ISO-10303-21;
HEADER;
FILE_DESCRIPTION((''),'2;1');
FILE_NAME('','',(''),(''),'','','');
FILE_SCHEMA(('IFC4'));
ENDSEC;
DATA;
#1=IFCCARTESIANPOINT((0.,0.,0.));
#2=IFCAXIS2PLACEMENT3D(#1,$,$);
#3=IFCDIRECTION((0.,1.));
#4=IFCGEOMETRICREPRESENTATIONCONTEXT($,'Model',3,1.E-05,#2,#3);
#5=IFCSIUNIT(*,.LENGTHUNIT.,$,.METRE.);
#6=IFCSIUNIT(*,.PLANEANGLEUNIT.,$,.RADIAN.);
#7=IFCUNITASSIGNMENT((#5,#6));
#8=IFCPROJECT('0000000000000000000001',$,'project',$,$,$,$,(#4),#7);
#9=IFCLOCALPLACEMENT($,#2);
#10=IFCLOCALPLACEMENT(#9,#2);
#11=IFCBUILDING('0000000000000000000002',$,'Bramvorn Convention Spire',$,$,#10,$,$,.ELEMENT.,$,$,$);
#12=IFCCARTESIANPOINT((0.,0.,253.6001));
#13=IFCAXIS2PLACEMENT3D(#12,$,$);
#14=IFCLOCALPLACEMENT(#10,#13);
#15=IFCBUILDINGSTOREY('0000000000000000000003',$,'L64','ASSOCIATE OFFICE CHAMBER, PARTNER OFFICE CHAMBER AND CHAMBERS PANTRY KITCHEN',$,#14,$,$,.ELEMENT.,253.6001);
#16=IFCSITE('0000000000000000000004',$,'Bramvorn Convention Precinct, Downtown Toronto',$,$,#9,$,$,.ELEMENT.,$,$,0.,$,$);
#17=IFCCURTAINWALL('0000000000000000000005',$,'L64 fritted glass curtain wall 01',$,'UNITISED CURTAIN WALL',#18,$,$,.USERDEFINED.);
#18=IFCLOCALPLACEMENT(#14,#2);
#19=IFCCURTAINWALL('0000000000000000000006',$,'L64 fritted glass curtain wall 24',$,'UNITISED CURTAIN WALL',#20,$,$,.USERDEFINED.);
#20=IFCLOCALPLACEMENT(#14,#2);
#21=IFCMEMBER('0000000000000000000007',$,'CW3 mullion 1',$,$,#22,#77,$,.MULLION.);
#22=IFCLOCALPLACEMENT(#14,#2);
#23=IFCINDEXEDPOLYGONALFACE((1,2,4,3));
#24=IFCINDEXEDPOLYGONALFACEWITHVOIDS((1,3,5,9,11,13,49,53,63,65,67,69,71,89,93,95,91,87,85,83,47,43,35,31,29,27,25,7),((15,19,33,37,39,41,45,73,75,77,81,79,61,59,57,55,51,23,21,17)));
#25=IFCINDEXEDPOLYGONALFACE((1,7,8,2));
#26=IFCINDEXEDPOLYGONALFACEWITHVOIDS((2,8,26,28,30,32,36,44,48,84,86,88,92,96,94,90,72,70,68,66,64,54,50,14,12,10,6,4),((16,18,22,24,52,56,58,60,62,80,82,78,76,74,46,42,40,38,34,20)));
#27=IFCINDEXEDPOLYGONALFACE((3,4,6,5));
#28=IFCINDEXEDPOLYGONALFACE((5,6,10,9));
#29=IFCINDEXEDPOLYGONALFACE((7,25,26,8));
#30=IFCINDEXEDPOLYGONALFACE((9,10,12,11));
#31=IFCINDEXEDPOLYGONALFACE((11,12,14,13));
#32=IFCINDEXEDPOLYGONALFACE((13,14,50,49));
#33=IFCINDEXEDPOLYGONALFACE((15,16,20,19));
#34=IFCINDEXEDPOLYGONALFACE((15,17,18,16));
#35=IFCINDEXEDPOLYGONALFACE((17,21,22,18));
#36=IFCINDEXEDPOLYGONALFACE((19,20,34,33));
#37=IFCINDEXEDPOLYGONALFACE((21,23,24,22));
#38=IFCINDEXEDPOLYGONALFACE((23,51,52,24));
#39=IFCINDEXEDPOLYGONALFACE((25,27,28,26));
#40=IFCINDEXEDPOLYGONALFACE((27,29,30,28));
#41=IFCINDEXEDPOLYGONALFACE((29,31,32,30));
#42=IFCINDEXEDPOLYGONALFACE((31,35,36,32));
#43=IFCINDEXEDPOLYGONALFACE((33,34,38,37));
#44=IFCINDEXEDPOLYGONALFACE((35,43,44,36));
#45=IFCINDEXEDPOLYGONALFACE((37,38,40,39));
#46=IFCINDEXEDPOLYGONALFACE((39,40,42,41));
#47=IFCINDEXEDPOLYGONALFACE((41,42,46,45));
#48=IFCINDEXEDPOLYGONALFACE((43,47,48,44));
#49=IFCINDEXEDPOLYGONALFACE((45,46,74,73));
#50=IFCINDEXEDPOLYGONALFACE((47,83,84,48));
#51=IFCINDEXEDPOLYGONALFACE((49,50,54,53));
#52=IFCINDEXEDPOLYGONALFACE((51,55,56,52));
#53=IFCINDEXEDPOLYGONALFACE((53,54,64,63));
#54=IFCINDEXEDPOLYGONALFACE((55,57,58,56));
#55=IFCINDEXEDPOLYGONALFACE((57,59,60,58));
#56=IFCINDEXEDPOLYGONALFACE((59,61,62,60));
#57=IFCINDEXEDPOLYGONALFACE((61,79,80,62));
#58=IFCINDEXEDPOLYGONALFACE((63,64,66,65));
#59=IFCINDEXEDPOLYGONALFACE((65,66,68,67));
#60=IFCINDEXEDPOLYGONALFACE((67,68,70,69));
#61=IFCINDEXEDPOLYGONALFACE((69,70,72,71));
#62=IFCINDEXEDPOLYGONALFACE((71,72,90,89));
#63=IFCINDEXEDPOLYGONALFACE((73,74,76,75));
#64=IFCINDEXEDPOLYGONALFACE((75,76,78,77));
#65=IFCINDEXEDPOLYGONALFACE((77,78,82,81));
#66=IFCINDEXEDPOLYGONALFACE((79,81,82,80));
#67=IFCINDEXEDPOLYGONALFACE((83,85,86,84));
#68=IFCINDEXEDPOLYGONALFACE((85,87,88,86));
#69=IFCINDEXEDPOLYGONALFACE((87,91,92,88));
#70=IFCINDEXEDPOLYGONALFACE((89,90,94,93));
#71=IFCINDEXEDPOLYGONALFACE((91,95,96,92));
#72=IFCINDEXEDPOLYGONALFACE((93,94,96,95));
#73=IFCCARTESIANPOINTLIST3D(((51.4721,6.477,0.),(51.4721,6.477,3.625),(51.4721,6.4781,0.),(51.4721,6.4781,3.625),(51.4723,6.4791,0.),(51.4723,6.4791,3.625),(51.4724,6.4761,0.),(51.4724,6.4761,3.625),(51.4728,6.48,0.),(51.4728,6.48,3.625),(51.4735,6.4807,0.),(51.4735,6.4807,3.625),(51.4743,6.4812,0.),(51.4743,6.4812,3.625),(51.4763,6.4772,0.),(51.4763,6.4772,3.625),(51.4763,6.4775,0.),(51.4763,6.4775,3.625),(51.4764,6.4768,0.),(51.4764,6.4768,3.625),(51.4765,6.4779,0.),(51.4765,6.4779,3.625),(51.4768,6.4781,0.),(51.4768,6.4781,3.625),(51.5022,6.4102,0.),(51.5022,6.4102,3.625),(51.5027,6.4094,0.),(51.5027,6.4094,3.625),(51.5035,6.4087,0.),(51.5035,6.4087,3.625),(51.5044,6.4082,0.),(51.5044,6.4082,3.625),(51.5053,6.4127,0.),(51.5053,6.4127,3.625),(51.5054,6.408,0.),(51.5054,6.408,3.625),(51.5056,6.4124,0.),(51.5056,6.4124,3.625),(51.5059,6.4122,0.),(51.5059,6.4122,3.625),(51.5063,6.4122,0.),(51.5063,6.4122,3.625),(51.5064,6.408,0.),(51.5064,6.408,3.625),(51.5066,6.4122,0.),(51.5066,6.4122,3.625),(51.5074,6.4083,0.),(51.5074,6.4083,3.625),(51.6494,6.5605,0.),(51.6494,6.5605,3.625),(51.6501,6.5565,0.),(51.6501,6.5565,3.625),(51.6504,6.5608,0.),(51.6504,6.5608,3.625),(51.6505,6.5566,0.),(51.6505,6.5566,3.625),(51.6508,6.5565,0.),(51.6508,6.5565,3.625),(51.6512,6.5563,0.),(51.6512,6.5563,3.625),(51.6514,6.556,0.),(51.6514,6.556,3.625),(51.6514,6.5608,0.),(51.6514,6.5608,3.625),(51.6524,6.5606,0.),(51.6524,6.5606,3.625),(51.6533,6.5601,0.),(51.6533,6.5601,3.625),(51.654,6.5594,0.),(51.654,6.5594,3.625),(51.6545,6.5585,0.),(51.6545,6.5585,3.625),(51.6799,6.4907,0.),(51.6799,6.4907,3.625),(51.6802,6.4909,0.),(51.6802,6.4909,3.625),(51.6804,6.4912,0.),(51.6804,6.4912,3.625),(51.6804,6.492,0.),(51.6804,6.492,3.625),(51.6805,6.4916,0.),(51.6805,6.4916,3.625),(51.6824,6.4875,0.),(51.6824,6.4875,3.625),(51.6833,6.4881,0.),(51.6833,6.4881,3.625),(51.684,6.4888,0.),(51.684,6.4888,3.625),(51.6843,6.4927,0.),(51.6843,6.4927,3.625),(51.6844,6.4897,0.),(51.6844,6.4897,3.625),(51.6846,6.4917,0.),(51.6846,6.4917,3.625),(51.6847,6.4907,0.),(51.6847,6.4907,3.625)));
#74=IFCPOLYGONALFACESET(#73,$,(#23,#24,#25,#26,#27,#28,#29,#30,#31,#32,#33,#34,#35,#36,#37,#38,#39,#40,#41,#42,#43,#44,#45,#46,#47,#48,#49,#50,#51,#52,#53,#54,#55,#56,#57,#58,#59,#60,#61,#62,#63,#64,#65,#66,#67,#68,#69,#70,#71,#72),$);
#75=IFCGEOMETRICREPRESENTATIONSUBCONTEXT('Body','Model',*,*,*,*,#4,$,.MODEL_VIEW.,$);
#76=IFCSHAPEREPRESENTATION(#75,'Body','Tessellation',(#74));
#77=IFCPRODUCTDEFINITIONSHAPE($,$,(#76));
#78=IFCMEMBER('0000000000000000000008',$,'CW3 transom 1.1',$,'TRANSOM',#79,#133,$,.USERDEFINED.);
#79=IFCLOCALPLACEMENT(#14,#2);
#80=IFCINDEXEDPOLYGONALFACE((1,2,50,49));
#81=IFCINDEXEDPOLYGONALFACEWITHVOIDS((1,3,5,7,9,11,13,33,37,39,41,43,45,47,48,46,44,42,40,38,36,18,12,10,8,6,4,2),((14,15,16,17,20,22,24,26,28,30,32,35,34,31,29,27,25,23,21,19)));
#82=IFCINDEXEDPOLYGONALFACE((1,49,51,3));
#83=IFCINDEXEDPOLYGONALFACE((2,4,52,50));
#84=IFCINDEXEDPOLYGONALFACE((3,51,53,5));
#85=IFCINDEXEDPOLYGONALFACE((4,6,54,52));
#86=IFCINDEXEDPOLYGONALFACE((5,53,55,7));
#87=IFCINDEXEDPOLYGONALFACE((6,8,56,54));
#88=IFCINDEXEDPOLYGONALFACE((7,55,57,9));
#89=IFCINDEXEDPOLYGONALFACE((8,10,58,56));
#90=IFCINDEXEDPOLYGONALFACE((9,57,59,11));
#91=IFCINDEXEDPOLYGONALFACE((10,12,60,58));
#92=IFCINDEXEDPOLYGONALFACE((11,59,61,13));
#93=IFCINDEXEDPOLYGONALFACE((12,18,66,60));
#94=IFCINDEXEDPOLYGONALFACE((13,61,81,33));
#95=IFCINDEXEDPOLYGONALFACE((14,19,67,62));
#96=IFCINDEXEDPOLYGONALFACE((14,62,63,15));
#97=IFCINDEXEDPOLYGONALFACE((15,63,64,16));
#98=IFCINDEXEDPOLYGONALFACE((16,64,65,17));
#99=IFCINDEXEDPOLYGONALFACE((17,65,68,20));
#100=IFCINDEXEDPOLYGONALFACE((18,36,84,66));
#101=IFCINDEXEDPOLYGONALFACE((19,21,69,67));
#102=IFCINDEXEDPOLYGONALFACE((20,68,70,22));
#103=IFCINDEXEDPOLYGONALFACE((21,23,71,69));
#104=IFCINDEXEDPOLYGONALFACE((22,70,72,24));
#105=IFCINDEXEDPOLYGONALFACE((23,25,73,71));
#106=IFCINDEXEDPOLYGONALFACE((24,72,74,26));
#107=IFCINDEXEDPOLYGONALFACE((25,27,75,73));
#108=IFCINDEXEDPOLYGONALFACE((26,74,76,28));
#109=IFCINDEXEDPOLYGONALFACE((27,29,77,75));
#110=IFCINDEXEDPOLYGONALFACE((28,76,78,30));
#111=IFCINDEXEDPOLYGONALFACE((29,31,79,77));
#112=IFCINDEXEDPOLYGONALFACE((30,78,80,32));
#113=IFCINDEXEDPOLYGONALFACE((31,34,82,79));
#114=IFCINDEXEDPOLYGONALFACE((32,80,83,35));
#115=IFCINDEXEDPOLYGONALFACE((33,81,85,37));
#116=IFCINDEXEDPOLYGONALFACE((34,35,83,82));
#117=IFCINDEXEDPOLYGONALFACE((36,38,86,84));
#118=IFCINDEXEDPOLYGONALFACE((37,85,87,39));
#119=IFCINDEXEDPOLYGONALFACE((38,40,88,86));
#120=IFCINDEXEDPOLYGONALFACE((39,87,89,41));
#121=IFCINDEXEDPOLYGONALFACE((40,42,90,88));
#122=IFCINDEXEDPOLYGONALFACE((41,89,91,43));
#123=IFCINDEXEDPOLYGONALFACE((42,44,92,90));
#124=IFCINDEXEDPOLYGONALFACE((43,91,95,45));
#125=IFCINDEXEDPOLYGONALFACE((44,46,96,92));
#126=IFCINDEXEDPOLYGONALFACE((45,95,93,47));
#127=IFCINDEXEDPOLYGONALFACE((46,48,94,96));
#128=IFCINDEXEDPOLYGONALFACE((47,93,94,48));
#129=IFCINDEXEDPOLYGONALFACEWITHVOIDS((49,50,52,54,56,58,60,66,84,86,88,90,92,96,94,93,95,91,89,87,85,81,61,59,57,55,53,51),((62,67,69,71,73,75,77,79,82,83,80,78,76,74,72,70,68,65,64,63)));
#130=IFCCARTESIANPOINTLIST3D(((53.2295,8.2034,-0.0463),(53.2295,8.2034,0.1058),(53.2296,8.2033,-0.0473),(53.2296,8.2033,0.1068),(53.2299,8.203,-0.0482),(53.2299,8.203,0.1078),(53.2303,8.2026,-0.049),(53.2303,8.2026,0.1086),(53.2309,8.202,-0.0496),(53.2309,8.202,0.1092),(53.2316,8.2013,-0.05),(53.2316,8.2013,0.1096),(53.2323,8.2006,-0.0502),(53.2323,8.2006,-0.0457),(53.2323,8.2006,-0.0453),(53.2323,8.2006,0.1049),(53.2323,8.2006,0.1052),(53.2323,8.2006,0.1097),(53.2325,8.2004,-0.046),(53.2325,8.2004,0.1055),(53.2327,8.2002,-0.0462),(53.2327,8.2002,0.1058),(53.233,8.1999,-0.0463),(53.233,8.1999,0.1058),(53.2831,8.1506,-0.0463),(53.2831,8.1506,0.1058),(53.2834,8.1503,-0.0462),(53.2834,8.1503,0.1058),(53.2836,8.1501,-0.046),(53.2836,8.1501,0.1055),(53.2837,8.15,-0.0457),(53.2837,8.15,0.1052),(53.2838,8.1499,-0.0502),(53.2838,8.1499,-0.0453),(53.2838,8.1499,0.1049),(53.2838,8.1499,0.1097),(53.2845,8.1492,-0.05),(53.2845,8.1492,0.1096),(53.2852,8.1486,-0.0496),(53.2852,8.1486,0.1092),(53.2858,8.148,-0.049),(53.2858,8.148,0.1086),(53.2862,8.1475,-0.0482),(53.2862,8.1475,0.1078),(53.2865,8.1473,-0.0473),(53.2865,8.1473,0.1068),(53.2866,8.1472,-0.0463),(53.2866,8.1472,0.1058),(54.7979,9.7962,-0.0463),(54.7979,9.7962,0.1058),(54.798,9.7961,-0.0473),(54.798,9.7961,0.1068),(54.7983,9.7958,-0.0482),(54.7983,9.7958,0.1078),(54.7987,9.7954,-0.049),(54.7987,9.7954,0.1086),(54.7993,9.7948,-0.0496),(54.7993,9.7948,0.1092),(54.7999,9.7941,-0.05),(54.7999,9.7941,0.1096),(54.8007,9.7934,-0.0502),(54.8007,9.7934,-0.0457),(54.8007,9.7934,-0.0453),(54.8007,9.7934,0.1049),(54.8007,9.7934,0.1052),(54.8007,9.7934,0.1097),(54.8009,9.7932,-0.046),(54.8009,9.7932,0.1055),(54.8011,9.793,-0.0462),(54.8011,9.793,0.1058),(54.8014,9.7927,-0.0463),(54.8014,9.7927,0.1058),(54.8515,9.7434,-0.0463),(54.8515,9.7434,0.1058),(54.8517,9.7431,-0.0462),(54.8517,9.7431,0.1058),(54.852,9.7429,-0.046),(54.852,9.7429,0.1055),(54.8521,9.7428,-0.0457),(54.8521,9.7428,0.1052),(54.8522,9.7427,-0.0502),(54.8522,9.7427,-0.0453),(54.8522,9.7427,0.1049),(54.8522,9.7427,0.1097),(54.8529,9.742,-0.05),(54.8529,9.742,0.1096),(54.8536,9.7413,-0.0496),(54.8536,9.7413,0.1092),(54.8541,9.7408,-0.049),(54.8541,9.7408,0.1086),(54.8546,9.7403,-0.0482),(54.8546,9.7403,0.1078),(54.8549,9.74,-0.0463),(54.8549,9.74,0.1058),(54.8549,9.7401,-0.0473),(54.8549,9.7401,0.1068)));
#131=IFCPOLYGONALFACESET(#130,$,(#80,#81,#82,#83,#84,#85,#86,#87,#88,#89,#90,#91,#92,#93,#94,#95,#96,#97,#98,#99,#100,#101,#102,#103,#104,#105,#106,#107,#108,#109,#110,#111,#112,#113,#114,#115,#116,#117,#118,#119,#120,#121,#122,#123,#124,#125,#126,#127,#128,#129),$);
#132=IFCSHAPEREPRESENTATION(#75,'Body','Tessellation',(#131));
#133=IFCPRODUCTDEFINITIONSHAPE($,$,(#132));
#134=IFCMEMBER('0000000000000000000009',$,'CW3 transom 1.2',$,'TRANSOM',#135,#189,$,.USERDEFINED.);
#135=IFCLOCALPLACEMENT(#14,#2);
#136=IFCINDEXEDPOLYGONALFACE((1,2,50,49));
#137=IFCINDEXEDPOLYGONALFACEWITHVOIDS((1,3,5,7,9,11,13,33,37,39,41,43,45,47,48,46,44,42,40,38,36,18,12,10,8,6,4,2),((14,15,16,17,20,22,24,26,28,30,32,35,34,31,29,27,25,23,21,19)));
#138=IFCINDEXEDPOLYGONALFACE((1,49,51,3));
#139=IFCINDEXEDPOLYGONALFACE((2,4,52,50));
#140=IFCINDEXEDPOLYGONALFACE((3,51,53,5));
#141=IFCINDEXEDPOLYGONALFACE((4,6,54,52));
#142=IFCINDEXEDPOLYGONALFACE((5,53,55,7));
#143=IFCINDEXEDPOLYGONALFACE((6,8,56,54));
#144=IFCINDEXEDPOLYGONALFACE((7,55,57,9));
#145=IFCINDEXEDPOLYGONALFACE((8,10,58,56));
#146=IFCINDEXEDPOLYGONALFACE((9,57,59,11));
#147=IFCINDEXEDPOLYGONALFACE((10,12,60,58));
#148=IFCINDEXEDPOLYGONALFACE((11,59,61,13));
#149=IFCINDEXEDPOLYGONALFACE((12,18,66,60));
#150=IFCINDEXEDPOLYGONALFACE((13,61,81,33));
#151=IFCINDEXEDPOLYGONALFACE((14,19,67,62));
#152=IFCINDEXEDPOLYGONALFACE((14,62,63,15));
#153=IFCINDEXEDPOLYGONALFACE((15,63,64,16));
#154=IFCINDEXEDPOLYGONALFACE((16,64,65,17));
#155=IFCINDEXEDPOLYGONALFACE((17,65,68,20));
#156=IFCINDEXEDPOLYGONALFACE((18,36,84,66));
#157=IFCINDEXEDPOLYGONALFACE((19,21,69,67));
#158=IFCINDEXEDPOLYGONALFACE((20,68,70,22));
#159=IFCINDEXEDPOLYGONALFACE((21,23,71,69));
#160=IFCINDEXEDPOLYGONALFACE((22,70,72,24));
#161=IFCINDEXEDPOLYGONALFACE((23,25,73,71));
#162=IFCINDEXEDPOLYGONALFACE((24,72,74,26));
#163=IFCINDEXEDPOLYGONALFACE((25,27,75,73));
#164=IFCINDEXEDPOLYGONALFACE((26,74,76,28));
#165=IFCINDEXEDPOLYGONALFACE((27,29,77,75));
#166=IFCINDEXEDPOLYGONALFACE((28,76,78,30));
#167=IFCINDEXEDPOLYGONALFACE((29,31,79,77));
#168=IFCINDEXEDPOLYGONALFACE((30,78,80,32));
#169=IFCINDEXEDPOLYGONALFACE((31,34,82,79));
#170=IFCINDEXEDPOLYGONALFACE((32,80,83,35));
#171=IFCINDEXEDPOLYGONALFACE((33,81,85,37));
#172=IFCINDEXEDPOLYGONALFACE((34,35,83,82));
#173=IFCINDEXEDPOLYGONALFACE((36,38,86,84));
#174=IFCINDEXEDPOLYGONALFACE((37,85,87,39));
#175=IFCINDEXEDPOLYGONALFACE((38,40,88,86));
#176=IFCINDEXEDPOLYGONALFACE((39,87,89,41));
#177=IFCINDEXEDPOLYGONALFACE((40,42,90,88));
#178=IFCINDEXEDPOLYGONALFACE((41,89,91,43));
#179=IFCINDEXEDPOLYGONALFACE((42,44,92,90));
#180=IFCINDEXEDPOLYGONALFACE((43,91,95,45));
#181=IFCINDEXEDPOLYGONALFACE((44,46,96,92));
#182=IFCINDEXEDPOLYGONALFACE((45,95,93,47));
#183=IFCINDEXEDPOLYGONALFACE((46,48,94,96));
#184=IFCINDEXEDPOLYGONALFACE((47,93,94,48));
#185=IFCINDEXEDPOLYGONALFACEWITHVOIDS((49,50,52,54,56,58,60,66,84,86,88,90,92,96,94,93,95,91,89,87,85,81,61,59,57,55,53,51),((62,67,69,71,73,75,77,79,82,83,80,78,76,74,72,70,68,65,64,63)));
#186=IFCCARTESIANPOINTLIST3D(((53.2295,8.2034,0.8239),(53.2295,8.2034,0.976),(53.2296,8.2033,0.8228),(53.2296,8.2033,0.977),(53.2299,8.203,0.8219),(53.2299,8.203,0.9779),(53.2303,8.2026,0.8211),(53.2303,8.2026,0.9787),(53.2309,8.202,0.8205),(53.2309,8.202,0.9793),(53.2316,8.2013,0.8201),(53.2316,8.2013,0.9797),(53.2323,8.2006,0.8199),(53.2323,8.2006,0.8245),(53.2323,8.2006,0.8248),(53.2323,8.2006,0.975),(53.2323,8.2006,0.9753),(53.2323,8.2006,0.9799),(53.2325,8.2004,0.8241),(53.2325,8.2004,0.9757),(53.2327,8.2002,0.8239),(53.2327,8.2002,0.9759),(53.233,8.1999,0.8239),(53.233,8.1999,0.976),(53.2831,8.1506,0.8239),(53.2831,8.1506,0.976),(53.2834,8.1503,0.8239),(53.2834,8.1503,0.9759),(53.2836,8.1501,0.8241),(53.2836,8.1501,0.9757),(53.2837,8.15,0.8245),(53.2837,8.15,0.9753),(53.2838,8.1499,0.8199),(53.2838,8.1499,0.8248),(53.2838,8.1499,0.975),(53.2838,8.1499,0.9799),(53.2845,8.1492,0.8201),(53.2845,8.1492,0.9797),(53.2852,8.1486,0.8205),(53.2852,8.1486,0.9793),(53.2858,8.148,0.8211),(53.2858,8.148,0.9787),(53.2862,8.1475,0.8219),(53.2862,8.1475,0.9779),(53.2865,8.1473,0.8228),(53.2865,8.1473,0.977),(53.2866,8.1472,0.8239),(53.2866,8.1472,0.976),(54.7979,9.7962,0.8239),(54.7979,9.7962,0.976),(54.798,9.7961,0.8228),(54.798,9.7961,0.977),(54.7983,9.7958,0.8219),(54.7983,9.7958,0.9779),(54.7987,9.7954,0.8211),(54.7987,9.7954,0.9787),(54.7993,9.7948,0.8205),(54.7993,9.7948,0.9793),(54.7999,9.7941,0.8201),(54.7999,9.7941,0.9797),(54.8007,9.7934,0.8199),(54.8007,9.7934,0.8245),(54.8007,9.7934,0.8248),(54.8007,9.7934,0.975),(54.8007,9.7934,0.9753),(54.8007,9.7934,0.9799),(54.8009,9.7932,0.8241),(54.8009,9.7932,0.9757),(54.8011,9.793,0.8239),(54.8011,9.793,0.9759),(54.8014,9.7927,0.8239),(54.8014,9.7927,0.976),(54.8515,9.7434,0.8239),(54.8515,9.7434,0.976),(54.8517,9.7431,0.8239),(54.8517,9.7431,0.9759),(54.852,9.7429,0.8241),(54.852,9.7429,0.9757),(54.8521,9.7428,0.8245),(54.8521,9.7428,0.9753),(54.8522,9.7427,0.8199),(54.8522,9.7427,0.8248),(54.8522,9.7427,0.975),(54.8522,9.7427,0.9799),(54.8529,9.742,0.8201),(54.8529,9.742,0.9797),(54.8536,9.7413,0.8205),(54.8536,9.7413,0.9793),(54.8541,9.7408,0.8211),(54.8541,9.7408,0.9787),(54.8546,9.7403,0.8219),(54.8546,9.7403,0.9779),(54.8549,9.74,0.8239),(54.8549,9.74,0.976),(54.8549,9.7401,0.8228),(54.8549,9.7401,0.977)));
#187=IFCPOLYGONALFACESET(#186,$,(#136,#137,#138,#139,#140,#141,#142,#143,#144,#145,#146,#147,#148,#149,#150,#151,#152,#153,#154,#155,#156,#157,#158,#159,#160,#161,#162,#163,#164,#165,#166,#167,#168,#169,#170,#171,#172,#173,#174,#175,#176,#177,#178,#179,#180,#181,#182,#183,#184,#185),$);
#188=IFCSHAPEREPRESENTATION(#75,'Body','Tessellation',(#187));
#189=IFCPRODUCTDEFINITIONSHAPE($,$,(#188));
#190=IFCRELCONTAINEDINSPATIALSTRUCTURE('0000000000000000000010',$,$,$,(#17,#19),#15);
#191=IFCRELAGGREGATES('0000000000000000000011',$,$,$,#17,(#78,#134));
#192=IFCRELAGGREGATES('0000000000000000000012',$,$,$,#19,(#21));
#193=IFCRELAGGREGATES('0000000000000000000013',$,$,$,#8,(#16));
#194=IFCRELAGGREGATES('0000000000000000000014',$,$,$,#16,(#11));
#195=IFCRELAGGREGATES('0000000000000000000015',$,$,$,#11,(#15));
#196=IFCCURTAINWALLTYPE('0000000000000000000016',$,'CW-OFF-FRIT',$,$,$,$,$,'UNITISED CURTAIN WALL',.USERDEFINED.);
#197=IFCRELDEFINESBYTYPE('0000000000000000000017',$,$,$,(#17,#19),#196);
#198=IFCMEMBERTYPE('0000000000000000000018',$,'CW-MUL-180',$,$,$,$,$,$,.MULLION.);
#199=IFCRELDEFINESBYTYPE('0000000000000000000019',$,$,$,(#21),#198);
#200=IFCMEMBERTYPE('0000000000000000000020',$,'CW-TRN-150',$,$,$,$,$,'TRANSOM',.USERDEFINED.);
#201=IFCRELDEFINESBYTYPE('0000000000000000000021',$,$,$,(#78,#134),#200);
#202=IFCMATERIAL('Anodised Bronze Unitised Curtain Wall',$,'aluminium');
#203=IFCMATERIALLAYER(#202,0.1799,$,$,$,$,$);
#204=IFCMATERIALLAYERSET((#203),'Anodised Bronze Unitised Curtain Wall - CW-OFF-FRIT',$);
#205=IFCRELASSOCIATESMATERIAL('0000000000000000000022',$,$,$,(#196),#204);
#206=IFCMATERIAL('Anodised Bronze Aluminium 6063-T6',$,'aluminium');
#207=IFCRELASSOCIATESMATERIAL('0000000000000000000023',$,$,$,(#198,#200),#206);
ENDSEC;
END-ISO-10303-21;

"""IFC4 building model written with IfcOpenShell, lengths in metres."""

from ifc_helpers import new_model, si_unit, direction, frame, origin, origin_2d, place, context, subcontext, project, spatial, hollow_rectangle, extrude, material, layer, layer_set, material_profile, profile_set, type_object, element, aggregate, save


model = new_model("IFC4")

# Units and contexts
model_context = context("Model", 3, precision=1e-05, world=origin(), true_north=direction((0.0, 1.0)))
body_context = subcontext(model_context, "Body", "Model", "MODEL_VIEW")
ifc_project = project(units=[si_unit("LENGTHUNIT", "METRE"), si_unit("PLANEANGLEUNIT", "RADIAN")], contexts=[model_context])

# Site, building, storey
site_placement = place(None, origin())
site = spatial("IfcSite", under=ifc_project, at=site_placement, Name="Bramvorn Convention Precinct, Downtown Toronto", CompositionType="ELEMENT", RefElevation=0.0)
building_placement = place(site_placement, origin())
building = spatial("IfcBuilding", under=site, at=building_placement, Name="Bramvorn Convention Spire", CompositionType="ELEMENT")
storey_placement = place(building_placement, frame((0.0, 0.0, 253.6001)))
storey = spatial("IfcBuildingStorey", under=building, at=storey_placement, Name="L64", Description="ASSOCIATE OFFICE CHAMBER, PARTNER OFFICE CHAMBER AND CHAMBERS PANTRY KITCHEN", CompositionType="ELEMENT", Elevation=253.6001)

# Curtain wall
ifc_material_1 = material(Name="Anodised Bronze Unitised Curtain Wall", Category="aluminium")
ifc_layer_1 = layer(ifc_material_1, 0.1799)
ifc_layer_set_1 = layer_set([ifc_layer_1], Name="Anodised Bronze Unitised Curtain Wall - CW-OFF-FRIT")
curtain_wall_type = type_object("IfcCurtainWallType", Name="CW-OFF-FRIT", ElementType="UNITISED CURTAIN WALL", PredefinedType="USERDEFINED", material=ifc_layer_set_1)
curtain_wall_1_placement = place(storey_placement, origin())
curtain_wall_1 = element("IfcCurtainWall", 1, at=curtain_wall_1_placement, inside=storey, type_object=curtain_wall_type, Name="L64 fritted glass curtain wall 01", ObjectType="UNITISED CURTAIN WALL", PredefinedType="USERDEFINED")
ifc_material_2 = material(Name="Anodised Bronze Aluminium 6063-T6", Category="aluminium")
ifc_material_profile_1 = material_profile(ifc_material_2, hollow_rectangle(XDim=0.0801, YDim=0.2, WallThickness=0.0039, InnerFilletRadius=0.001, OuterFilletRadius=0.0039, at=origin_2d()))
ifc_profile_set_1 = profile_set([ifc_material_profile_1], Name="Anodised Bronze Aluminium 6063-T6 - CWM80X200")
member_type_1 = type_object("IfcMemberType", Name="CW-MUL-180", PredefinedType="MULLION", material=ifc_profile_set_1)

# Curtain wall, member
curtain_wall_2_placement = place(storey_placement, origin())
curtain_wall_2 = element("IfcCurtainWall", 2, at=curtain_wall_2_placement, inside=storey, type_object=curtain_wall_type, Name="L64 fritted glass curtain wall 24", ObjectType="UNITISED CURTAIN WALL", PredefinedType="USERDEFINED")
member_1_placement = place(storey_placement, frame((51.5784, 6.4844, 0.0), z_axis=(0.0, 0.0, 1.0), x_axis=(0.412382, -0.911011, 0.0)))
member_1 = element("IfcMember", 3, at=member_1_placement, type_object=member_type_1, Name="CW3 mullion 1", PredefinedType="MULLION", context=body_context, shape_type="SweptSolid", body=[
    extrude(hollow_rectangle(XDim=0.0801, YDim=0.2, WallThickness=0.0039, InnerFilletRadius=0.001, OuterFilletRadius=0.0039, at=origin_2d()), origin(), (0.0, 0.0, 1.0), 3.625),
])

# Members
ifc_material_profile_2 = material_profile(ifc_material_2, hollow_rectangle(XDim=0.0801, YDim=0.1599, WallThickness=0.0039, InnerFilletRadius=0.001, OuterFilletRadius=0.0039, at=origin_2d()))
ifc_profile_set_2 = profile_set([ifc_material_profile_2], Name="Anodised Bronze Aluminium 6063-T6 - CWT80X160")
member_type_2 = type_object("IfcMemberType", Name="CW-TRN-150", ElementType="TRANSOM", PredefinedType="USERDEFINED", material=ifc_profile_set_2)
member_2_placement = place(storey_placement, frame((54.8264, 9.7681, 0.0298), z_axis=(-0.701625, -0.712547, 0.0), x_axis=(0.712547, -0.701625, 0.0)))
member_2 = element("IfcMember", 4, at=member_2_placement, type_object=member_type_2, Name="CW3 transom 1.1", ObjectType="TRANSOM", PredefinedType="USERDEFINED", context=body_context, shape_type="SweptSolid", body=[
    extrude(hollow_rectangle(XDim=0.0801, YDim=0.1599, WallThickness=0.0039, InnerFilletRadius=0.001, OuterFilletRadius=0.0039, at=origin_2d()), origin(), (0.0, 0.0, 1.0), 2.2354),
])
member_3_placement = place(storey_placement, frame((54.8264, 9.7681, 0.8999), z_axis=(-0.701625, -0.712547, 0.0), x_axis=(0.712547, -0.701625, 0.0)))
member_3 = element("IfcMember", 5, at=member_3_placement, type_object=member_type_2, Name="CW3 transom 1.2", ObjectType="TRANSOM", PredefinedType="USERDEFINED", context=body_context, shape_type="SweptSolid", body=[
    extrude(hollow_rectangle(XDim=0.0801, YDim=0.1599, WallThickness=0.0039, InnerFilletRadius=0.001, OuterFilletRadius=0.0039, at=origin_2d()), origin(), (0.0, 0.0, 1.0), 2.2354),
])

aggregate(curtain_wall_1, [member_2, member_3])
aggregate(curtain_wall_2, [member_1])

save(model, "model.ifc")
